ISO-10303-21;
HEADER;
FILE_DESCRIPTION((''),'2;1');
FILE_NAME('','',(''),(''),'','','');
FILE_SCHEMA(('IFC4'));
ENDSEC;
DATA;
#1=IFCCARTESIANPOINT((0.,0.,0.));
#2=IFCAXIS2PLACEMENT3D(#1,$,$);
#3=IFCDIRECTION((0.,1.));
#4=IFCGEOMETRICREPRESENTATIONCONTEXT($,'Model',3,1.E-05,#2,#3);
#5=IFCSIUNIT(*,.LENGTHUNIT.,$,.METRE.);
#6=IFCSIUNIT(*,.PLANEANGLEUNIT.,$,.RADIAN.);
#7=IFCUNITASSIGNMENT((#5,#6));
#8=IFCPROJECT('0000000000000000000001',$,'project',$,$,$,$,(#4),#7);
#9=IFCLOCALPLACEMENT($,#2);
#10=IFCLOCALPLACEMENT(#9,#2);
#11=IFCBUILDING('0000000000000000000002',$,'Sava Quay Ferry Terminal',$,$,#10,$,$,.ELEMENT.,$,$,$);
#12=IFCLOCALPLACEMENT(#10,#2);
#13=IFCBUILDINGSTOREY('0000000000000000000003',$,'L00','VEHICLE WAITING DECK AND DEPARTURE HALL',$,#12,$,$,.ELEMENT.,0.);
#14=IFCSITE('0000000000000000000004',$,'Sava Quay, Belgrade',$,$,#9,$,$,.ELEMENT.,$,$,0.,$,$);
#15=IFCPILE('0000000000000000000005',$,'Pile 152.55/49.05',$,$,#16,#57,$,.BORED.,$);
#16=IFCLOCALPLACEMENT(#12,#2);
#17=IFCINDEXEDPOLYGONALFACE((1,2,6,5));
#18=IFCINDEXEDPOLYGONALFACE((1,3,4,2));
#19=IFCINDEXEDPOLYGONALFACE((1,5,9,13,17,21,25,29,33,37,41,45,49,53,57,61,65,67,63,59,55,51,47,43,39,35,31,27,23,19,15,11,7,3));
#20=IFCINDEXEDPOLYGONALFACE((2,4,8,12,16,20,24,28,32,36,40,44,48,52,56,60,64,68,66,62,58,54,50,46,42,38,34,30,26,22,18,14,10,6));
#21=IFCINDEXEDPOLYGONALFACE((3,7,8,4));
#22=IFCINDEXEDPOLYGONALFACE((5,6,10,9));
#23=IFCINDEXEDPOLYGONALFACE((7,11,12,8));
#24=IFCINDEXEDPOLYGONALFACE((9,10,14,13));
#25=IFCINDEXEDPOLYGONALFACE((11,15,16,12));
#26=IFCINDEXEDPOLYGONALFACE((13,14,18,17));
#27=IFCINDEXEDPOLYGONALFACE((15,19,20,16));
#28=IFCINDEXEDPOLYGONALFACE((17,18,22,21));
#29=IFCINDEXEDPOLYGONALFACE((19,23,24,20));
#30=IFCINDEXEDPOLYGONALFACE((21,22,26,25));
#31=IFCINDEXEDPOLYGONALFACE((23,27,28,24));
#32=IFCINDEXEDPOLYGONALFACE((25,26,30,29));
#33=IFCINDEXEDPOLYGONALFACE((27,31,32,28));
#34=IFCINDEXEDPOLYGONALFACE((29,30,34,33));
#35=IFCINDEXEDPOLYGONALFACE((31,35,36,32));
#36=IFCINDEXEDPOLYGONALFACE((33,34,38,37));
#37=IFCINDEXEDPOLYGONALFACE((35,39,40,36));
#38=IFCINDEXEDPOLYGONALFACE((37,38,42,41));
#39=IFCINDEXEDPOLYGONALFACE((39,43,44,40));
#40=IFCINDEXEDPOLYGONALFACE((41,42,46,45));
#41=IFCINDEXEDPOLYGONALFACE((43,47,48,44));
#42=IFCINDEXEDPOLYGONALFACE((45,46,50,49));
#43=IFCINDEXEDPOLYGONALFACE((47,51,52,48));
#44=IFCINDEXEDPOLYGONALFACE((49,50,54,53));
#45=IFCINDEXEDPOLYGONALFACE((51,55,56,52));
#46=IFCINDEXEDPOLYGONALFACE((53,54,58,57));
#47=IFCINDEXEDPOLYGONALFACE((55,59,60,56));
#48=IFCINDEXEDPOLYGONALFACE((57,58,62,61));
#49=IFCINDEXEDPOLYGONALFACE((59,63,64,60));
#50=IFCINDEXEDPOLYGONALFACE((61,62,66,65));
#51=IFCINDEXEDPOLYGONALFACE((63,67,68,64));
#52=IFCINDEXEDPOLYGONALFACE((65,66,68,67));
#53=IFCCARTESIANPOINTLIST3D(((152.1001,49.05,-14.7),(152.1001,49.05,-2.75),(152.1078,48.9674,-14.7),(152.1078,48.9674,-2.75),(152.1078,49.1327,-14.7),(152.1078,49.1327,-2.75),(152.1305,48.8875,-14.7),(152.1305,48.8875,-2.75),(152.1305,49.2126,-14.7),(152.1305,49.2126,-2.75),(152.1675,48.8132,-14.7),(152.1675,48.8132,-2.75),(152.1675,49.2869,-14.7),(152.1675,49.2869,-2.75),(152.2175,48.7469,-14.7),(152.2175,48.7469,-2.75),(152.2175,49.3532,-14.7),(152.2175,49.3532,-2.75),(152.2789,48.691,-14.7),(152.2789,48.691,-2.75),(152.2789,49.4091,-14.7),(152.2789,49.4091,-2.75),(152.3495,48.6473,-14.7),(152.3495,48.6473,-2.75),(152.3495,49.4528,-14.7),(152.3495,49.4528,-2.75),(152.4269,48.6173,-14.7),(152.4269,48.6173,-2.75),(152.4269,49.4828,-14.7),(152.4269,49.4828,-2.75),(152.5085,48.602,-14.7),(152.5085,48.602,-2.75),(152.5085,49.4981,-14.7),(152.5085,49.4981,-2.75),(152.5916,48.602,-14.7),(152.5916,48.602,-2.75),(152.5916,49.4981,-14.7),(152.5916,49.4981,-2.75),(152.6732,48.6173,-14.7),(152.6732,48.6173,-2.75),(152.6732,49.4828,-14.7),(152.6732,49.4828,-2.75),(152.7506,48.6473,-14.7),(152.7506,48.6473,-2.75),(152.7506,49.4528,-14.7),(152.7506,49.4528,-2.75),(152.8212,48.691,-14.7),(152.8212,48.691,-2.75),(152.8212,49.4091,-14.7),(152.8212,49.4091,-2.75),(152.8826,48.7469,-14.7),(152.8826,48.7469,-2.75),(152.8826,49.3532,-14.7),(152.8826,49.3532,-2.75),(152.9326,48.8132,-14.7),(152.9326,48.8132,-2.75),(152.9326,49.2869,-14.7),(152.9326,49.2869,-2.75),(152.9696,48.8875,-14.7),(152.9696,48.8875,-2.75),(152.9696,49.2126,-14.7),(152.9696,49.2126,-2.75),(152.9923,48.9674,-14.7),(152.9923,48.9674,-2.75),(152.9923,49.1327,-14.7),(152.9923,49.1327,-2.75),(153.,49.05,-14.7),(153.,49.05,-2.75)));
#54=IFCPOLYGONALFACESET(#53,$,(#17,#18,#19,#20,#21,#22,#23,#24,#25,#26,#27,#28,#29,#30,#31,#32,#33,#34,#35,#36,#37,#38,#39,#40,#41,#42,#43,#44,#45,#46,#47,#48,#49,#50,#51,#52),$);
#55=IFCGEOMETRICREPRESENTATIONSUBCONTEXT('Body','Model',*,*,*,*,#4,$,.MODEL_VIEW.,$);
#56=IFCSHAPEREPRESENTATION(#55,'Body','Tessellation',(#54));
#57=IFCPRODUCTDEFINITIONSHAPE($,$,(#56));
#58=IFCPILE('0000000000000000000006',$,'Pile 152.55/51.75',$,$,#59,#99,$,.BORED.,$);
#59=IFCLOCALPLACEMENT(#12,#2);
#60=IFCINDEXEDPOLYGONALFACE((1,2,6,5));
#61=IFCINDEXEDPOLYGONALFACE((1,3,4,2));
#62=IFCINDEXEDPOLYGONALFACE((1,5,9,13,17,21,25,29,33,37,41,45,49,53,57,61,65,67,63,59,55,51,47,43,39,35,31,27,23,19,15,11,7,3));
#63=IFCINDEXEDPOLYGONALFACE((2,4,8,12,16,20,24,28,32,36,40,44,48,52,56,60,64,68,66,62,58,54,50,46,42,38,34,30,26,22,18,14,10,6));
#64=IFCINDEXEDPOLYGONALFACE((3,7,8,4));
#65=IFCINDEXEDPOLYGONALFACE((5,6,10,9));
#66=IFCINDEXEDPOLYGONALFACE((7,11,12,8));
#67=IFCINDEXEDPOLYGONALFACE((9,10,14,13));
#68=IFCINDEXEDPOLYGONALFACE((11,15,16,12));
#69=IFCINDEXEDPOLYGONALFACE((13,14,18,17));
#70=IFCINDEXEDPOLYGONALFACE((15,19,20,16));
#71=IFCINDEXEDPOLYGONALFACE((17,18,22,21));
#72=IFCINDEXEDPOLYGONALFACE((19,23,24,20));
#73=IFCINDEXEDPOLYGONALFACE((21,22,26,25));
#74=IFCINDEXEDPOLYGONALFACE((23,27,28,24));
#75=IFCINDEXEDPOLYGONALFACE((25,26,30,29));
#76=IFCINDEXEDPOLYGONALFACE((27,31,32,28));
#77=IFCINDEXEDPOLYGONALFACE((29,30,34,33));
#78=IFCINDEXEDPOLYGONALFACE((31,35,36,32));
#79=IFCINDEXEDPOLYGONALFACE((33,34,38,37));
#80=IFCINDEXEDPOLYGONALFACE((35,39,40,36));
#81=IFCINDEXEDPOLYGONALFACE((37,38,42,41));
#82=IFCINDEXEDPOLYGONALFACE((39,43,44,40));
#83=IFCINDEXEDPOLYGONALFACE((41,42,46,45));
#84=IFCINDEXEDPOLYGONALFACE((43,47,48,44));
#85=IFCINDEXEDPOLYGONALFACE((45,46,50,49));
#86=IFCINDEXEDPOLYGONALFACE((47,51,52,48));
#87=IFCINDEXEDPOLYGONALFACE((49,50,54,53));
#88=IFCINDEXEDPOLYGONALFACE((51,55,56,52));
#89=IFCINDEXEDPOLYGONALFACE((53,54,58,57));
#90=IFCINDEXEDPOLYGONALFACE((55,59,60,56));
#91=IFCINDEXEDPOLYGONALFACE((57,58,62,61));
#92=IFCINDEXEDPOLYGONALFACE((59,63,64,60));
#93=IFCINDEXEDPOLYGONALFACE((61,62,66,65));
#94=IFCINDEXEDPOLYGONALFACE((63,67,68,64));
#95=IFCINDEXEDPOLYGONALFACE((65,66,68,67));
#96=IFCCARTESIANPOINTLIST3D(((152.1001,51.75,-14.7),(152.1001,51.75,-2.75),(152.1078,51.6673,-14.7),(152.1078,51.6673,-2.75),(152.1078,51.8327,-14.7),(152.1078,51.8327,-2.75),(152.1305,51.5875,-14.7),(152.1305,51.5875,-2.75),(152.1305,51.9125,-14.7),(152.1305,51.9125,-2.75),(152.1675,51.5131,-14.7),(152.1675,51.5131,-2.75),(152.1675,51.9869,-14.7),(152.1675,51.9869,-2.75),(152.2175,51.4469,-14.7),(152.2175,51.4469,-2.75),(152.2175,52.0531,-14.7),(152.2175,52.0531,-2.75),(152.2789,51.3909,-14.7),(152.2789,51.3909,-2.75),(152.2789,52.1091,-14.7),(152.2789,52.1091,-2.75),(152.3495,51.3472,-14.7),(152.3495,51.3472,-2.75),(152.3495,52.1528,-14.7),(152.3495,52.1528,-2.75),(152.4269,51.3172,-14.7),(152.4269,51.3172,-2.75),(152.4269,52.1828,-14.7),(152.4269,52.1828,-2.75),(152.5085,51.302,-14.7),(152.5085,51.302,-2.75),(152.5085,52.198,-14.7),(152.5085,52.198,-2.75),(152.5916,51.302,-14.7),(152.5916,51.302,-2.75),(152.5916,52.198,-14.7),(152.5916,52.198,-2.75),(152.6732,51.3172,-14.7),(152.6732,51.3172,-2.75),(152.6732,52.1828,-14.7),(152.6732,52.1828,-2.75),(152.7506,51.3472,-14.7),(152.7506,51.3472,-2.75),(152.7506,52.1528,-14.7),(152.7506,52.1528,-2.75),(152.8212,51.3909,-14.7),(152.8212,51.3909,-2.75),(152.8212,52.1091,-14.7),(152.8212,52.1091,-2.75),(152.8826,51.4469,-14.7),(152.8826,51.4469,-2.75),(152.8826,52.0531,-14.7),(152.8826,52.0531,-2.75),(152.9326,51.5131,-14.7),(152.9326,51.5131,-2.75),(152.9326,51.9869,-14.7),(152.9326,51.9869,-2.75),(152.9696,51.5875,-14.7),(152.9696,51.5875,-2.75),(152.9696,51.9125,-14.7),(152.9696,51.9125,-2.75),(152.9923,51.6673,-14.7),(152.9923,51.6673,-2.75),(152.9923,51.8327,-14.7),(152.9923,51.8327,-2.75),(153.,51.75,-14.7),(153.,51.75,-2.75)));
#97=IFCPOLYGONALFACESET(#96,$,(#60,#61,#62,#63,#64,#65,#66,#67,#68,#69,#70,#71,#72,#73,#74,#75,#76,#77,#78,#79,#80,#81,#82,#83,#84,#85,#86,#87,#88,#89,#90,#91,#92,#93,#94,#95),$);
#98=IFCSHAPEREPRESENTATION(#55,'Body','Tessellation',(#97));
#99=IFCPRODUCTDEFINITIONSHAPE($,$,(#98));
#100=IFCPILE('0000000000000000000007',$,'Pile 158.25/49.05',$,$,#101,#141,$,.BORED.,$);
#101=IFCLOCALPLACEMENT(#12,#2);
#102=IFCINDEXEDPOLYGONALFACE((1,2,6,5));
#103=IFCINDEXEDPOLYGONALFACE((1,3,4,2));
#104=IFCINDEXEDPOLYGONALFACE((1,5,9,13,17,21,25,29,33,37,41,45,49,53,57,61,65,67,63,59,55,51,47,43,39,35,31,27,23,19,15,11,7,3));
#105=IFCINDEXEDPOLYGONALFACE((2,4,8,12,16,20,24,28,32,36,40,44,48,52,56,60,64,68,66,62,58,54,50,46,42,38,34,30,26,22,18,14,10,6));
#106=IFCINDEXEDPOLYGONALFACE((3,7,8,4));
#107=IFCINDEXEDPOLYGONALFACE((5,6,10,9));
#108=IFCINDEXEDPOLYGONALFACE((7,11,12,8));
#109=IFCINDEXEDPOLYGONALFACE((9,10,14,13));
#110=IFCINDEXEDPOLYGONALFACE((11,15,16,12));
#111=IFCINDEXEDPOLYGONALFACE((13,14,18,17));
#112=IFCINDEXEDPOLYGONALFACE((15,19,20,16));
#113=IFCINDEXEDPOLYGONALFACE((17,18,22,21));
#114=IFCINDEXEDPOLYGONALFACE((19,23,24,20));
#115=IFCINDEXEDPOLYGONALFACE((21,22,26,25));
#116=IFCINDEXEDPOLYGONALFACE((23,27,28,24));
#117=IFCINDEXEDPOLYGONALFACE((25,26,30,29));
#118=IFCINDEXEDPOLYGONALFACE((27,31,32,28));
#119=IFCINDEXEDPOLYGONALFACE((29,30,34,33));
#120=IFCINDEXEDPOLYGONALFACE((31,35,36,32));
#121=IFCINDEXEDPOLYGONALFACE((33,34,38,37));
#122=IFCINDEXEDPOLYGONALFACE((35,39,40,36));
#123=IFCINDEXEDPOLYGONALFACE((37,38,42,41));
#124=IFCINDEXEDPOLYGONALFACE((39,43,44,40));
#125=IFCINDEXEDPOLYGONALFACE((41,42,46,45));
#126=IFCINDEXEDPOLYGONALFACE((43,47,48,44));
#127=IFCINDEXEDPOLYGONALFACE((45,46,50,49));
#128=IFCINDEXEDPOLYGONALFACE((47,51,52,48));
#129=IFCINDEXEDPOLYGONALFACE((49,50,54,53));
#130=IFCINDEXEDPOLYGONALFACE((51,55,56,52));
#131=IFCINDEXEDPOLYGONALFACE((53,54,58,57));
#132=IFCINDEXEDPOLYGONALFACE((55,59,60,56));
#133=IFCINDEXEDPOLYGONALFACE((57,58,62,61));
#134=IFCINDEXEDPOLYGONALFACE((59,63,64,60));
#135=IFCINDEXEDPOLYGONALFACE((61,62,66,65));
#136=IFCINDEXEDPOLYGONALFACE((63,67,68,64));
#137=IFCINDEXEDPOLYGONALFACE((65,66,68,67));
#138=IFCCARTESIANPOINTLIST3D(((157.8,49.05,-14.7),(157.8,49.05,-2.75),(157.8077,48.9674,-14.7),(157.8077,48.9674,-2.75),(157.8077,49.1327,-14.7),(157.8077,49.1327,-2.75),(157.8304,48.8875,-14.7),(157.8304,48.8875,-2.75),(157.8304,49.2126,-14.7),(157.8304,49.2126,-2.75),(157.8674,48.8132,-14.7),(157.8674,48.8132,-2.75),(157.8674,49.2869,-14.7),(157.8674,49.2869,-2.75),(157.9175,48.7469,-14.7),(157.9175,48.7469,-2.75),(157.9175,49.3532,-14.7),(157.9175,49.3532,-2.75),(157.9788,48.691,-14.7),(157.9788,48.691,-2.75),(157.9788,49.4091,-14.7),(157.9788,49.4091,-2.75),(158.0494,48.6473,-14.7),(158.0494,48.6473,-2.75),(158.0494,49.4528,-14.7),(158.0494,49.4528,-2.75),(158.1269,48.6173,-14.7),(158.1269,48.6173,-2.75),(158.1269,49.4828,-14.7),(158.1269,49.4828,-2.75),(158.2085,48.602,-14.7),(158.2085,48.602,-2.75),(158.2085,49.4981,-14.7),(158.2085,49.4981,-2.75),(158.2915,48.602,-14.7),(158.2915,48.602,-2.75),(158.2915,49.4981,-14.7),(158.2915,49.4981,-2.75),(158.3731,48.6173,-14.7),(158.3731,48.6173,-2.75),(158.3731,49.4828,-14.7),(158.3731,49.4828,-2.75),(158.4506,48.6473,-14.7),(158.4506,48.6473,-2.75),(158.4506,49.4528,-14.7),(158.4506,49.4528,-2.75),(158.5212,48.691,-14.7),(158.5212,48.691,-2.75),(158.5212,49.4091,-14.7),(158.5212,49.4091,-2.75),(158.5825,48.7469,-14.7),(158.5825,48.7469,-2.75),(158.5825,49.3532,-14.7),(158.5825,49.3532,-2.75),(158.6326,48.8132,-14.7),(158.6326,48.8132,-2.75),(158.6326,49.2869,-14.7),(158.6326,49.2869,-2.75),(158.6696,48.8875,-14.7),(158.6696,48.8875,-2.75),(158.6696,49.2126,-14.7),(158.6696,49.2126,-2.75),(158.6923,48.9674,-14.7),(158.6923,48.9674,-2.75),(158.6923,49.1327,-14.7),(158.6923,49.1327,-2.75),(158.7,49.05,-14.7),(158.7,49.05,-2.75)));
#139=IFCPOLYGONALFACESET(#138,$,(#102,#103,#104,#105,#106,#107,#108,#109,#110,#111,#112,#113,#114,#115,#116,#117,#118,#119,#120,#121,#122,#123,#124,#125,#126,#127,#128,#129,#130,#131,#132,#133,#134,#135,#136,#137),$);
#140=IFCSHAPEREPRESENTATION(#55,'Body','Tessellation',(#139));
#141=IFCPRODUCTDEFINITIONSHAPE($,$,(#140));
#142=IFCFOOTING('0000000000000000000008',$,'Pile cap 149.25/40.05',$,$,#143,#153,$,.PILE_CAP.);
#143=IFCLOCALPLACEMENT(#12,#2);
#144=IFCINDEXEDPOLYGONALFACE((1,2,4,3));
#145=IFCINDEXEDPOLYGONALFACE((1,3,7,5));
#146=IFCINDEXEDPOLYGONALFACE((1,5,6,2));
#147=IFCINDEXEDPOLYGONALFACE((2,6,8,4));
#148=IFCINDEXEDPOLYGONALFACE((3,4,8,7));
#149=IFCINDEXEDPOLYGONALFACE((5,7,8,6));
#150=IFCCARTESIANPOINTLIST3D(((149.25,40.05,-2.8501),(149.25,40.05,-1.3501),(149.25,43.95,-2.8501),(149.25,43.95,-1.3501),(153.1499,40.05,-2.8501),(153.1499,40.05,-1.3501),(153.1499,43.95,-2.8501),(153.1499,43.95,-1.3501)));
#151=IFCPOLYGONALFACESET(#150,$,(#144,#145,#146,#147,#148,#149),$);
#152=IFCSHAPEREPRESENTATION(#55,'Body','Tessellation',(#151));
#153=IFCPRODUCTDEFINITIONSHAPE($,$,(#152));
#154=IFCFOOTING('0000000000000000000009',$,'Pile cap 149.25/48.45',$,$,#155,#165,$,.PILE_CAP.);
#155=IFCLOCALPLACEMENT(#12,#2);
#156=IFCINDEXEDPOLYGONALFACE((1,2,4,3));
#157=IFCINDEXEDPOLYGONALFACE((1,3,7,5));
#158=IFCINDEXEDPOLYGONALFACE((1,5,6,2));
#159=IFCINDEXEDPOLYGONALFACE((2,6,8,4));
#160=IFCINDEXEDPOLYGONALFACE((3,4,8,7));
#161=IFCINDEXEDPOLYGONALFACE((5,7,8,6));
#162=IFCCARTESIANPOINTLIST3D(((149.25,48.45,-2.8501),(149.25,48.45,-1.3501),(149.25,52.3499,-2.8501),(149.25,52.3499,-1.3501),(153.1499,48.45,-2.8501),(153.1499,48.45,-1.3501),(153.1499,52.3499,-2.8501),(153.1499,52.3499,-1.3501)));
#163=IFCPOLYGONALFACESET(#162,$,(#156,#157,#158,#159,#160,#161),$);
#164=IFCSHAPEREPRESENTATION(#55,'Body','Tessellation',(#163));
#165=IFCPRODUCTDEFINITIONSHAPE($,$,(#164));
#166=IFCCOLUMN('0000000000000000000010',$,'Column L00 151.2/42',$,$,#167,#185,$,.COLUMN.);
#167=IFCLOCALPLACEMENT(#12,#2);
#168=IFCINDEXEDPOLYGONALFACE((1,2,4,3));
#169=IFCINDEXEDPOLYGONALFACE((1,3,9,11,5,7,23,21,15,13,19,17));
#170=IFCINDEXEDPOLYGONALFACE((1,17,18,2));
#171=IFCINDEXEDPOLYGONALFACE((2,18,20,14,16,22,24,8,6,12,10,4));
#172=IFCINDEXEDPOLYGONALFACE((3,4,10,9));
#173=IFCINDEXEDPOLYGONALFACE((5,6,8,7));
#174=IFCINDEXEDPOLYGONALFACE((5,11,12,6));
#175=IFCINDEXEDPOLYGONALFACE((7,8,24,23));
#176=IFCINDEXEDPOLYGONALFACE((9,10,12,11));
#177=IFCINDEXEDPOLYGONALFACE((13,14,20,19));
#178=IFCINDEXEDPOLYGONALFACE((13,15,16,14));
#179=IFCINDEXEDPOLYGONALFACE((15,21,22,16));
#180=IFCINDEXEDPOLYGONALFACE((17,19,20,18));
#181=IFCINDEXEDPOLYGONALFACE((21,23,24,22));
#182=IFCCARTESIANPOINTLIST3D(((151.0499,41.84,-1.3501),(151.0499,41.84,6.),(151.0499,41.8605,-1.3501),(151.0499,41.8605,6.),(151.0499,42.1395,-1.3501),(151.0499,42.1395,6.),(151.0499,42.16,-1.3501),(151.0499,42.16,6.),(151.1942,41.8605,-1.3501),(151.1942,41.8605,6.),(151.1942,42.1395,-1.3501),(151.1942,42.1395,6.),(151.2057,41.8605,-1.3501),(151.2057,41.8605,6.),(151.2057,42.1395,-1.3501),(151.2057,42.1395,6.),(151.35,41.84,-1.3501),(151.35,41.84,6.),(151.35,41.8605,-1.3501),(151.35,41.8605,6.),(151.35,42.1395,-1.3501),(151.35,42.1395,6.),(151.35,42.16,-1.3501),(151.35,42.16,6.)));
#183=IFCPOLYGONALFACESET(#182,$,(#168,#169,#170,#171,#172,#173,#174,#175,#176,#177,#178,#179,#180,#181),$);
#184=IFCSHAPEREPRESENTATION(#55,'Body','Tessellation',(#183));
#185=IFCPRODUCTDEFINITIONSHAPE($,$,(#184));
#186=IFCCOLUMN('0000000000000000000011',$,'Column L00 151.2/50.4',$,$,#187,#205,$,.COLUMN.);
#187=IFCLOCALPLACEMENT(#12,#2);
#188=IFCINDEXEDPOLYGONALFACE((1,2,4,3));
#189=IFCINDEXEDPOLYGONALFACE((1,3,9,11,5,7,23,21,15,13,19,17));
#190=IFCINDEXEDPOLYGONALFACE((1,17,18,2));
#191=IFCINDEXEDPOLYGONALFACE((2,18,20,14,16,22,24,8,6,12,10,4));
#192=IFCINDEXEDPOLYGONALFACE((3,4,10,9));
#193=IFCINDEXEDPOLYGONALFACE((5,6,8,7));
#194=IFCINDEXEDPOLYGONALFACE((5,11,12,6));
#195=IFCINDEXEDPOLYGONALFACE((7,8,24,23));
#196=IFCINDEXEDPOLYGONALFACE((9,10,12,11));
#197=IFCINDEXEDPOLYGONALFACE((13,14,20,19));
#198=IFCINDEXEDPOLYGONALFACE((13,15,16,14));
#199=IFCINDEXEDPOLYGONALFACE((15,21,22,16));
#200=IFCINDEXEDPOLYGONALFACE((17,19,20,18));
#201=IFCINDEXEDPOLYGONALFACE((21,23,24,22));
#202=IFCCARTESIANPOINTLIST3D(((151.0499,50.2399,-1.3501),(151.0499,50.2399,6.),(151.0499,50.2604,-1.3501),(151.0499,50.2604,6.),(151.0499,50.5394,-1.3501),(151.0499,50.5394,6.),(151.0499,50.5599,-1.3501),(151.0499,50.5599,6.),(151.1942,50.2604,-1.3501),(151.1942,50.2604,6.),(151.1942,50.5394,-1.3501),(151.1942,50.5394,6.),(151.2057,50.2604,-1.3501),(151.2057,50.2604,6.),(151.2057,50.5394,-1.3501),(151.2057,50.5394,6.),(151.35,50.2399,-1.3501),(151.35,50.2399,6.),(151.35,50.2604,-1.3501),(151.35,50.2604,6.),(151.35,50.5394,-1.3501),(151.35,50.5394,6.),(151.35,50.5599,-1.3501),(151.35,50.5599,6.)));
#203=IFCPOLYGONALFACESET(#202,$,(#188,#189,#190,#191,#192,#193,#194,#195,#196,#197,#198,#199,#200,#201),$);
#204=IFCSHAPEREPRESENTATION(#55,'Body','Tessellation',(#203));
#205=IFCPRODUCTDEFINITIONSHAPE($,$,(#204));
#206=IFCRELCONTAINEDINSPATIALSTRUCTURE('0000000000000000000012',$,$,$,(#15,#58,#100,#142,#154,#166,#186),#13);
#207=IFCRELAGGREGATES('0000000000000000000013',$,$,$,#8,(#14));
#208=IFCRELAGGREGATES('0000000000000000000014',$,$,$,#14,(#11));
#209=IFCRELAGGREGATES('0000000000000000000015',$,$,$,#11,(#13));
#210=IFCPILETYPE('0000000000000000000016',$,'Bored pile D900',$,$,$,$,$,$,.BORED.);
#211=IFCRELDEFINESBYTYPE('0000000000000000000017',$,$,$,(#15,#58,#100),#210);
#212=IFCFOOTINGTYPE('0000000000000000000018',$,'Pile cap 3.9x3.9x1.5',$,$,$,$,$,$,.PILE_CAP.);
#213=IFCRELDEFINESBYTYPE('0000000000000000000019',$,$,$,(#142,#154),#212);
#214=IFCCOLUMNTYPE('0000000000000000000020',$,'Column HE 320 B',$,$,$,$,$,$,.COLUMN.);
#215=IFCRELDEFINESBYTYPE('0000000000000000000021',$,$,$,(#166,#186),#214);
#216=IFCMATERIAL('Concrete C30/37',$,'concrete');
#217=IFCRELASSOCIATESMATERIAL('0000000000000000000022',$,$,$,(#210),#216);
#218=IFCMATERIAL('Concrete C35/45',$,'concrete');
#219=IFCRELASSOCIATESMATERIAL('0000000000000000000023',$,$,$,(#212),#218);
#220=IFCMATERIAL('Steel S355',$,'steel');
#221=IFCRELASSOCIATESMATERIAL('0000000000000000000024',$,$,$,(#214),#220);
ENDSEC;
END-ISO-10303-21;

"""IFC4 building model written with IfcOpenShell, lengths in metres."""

from ifc_helpers import new_model, si_unit, direction, frame, origin, origin_2d, place, context, subcontext, project, spatial, rectangle, circle, i_section, extrude, material, material_profile, profile_set, type_object, element, save


model = new_model("IFC4")

# Units and contexts
model_context = context("Model", 3, precision=1e-05, world=origin(), true_north=direction((0.0, 1.0)))
body_context = subcontext(model_context, "Body", "Model", "MODEL_VIEW")
ifc_project = project(units=[si_unit("LENGTHUNIT", "METRE"), si_unit("PLANEANGLEUNIT", "RADIAN")], contexts=[model_context])

# Site, building, storey
site_placement = place(None, origin())
site = spatial("IfcSite", under=ifc_project, at=site_placement, Name="Sava Quay, Belgrade", CompositionType="ELEMENT", RefElevation=0.0)
building_placement = place(site_placement, origin())
building = spatial("IfcBuilding", under=site, at=building_placement, Name="Sava Quay Ferry Terminal", CompositionType="ELEMENT")
storey_placement = place(building_placement, origin())
storey = spatial("IfcBuildingStorey", under=building, at=storey_placement, Name="L00", Description="VEHICLE WAITING DECK AND DEPARTURE HALL", CompositionType="ELEMENT", Elevation=0.0)

# Piles
ifc_material_1 = material(Name="Concrete C30/37", Category="concrete")
ifc_material_profile_1 = material_profile(ifc_material_1, circle(Radius=0.45, at=origin_2d()), Name="Bored pile D900")
ifc_profile_set_1 = profile_set([ifc_material_profile_1], Name="Concrete C30/37")
pile_type = type_object("IfcPileType", Name="Bored pile D900", PredefinedType="BORED", material=ifc_profile_set_1)
for number, where, z_axis, x_axis, name in (
    (1, (152.55, 49.05, -2.75), (0.0, 0.0, -1.0), (1.0, 0.0, 0.0), "Pile 152.55/49.05"),
    (2, (152.55, 51.75, -2.75), (0.0, 0.0, -1.0), (1.0, 0.0, 0.0), "Pile 152.55/51.75"),
    (3, (158.25, 49.05, -2.75), (0.0, 0.0, -1.0), (1.0, 0.0, 0.0), "Pile 158.25/49.05"),
):
    element("IfcPile", number, at=place(storey_placement, frame(where, z_axis=z_axis, x_axis=x_axis)), inside=storey, type_object=pile_type, Name=name, PredefinedType="BORED", context=body_context, shape_type="SweptSolid", body=[
        extrude(circle(Radius=0.45, at=origin_2d()), origin(), (0.0, 0.0, 1.0), 11.95),
    ])

# Footings
ifc_material_2 = material(Name="Concrete C35/45", Category="concrete")
footing_type = type_object("IfcFootingType", Name="Pile cap 3.9x3.9x1.5", PredefinedType="PILE_CAP", material=ifc_material_2)
for number, where, z_axis, x_axis, name in (
    (4, (151.2, 42.0, -2.8501), (0.0, 0.0, 1.0), (1.0, 0.0, 0.0), "Pile cap 149.25/40.05"),
    (5, (151.2, 50.3999, -2.8501), (0.0, 0.0, 1.0), (1.0, 0.0, 0.0), "Pile cap 149.25/48.45"),
):
    element("IfcFooting", number, at=place(storey_placement, frame(where, z_axis=z_axis, x_axis=x_axis)), inside=storey, type_object=footing_type, Name=name, PredefinedType="PILE_CAP", context=body_context, shape_type="SweptSolid", body=[
        extrude(rectangle(XDim=3.8999, YDim=3.8999, at=origin_2d()), origin(), (0.0, 0.0, 1.0), 1.5),
    ])

# Columns
ifc_material_3 = material(Name="Steel S355", Category="steel")
ifc_material_profile_2 = material_profile(ifc_material_3, i_section(OverallWidth=0.3, OverallDepth=0.3201, WebThickness=0.0115, FlangeThickness=0.0205, at=origin_2d()), Name="HE 320 B")
ifc_profile_set_2 = profile_set([ifc_material_profile_2], Name="Steel S355")
column_type = type_object("IfcColumnType", Name="Column HE 320 B", PredefinedType="COLUMN", material=ifc_profile_set_2)
for number, where, z_axis, x_axis, name in (
    (6, (151.2, 42.0, -1.3501), (0.0, 0.0, 1.0), (1.0, 0.0, 0.0), "Column L00 151.2/42"),
    (7, (151.2, 50.3999, -1.3501), (0.0, 0.0, 1.0), (1.0, 0.0, 0.0), "Column L00 151.2/50.4"),
):
    element("IfcColumn", number, at=place(storey_placement, frame(where, z_axis=z_axis, x_axis=x_axis)), inside=storey, type_object=column_type, Name=name, PredefinedType="COLUMN", context=body_context, shape_type="SweptSolid", body=[
        extrude(i_section(OverallWidth=0.3, OverallDepth=0.3201, WebThickness=0.0115, FlangeThickness=0.0205, at=origin_2d()), origin(), (0.0, 0.0, 1.0), 7.3501),
    ])

save(model, "model.ifc")
